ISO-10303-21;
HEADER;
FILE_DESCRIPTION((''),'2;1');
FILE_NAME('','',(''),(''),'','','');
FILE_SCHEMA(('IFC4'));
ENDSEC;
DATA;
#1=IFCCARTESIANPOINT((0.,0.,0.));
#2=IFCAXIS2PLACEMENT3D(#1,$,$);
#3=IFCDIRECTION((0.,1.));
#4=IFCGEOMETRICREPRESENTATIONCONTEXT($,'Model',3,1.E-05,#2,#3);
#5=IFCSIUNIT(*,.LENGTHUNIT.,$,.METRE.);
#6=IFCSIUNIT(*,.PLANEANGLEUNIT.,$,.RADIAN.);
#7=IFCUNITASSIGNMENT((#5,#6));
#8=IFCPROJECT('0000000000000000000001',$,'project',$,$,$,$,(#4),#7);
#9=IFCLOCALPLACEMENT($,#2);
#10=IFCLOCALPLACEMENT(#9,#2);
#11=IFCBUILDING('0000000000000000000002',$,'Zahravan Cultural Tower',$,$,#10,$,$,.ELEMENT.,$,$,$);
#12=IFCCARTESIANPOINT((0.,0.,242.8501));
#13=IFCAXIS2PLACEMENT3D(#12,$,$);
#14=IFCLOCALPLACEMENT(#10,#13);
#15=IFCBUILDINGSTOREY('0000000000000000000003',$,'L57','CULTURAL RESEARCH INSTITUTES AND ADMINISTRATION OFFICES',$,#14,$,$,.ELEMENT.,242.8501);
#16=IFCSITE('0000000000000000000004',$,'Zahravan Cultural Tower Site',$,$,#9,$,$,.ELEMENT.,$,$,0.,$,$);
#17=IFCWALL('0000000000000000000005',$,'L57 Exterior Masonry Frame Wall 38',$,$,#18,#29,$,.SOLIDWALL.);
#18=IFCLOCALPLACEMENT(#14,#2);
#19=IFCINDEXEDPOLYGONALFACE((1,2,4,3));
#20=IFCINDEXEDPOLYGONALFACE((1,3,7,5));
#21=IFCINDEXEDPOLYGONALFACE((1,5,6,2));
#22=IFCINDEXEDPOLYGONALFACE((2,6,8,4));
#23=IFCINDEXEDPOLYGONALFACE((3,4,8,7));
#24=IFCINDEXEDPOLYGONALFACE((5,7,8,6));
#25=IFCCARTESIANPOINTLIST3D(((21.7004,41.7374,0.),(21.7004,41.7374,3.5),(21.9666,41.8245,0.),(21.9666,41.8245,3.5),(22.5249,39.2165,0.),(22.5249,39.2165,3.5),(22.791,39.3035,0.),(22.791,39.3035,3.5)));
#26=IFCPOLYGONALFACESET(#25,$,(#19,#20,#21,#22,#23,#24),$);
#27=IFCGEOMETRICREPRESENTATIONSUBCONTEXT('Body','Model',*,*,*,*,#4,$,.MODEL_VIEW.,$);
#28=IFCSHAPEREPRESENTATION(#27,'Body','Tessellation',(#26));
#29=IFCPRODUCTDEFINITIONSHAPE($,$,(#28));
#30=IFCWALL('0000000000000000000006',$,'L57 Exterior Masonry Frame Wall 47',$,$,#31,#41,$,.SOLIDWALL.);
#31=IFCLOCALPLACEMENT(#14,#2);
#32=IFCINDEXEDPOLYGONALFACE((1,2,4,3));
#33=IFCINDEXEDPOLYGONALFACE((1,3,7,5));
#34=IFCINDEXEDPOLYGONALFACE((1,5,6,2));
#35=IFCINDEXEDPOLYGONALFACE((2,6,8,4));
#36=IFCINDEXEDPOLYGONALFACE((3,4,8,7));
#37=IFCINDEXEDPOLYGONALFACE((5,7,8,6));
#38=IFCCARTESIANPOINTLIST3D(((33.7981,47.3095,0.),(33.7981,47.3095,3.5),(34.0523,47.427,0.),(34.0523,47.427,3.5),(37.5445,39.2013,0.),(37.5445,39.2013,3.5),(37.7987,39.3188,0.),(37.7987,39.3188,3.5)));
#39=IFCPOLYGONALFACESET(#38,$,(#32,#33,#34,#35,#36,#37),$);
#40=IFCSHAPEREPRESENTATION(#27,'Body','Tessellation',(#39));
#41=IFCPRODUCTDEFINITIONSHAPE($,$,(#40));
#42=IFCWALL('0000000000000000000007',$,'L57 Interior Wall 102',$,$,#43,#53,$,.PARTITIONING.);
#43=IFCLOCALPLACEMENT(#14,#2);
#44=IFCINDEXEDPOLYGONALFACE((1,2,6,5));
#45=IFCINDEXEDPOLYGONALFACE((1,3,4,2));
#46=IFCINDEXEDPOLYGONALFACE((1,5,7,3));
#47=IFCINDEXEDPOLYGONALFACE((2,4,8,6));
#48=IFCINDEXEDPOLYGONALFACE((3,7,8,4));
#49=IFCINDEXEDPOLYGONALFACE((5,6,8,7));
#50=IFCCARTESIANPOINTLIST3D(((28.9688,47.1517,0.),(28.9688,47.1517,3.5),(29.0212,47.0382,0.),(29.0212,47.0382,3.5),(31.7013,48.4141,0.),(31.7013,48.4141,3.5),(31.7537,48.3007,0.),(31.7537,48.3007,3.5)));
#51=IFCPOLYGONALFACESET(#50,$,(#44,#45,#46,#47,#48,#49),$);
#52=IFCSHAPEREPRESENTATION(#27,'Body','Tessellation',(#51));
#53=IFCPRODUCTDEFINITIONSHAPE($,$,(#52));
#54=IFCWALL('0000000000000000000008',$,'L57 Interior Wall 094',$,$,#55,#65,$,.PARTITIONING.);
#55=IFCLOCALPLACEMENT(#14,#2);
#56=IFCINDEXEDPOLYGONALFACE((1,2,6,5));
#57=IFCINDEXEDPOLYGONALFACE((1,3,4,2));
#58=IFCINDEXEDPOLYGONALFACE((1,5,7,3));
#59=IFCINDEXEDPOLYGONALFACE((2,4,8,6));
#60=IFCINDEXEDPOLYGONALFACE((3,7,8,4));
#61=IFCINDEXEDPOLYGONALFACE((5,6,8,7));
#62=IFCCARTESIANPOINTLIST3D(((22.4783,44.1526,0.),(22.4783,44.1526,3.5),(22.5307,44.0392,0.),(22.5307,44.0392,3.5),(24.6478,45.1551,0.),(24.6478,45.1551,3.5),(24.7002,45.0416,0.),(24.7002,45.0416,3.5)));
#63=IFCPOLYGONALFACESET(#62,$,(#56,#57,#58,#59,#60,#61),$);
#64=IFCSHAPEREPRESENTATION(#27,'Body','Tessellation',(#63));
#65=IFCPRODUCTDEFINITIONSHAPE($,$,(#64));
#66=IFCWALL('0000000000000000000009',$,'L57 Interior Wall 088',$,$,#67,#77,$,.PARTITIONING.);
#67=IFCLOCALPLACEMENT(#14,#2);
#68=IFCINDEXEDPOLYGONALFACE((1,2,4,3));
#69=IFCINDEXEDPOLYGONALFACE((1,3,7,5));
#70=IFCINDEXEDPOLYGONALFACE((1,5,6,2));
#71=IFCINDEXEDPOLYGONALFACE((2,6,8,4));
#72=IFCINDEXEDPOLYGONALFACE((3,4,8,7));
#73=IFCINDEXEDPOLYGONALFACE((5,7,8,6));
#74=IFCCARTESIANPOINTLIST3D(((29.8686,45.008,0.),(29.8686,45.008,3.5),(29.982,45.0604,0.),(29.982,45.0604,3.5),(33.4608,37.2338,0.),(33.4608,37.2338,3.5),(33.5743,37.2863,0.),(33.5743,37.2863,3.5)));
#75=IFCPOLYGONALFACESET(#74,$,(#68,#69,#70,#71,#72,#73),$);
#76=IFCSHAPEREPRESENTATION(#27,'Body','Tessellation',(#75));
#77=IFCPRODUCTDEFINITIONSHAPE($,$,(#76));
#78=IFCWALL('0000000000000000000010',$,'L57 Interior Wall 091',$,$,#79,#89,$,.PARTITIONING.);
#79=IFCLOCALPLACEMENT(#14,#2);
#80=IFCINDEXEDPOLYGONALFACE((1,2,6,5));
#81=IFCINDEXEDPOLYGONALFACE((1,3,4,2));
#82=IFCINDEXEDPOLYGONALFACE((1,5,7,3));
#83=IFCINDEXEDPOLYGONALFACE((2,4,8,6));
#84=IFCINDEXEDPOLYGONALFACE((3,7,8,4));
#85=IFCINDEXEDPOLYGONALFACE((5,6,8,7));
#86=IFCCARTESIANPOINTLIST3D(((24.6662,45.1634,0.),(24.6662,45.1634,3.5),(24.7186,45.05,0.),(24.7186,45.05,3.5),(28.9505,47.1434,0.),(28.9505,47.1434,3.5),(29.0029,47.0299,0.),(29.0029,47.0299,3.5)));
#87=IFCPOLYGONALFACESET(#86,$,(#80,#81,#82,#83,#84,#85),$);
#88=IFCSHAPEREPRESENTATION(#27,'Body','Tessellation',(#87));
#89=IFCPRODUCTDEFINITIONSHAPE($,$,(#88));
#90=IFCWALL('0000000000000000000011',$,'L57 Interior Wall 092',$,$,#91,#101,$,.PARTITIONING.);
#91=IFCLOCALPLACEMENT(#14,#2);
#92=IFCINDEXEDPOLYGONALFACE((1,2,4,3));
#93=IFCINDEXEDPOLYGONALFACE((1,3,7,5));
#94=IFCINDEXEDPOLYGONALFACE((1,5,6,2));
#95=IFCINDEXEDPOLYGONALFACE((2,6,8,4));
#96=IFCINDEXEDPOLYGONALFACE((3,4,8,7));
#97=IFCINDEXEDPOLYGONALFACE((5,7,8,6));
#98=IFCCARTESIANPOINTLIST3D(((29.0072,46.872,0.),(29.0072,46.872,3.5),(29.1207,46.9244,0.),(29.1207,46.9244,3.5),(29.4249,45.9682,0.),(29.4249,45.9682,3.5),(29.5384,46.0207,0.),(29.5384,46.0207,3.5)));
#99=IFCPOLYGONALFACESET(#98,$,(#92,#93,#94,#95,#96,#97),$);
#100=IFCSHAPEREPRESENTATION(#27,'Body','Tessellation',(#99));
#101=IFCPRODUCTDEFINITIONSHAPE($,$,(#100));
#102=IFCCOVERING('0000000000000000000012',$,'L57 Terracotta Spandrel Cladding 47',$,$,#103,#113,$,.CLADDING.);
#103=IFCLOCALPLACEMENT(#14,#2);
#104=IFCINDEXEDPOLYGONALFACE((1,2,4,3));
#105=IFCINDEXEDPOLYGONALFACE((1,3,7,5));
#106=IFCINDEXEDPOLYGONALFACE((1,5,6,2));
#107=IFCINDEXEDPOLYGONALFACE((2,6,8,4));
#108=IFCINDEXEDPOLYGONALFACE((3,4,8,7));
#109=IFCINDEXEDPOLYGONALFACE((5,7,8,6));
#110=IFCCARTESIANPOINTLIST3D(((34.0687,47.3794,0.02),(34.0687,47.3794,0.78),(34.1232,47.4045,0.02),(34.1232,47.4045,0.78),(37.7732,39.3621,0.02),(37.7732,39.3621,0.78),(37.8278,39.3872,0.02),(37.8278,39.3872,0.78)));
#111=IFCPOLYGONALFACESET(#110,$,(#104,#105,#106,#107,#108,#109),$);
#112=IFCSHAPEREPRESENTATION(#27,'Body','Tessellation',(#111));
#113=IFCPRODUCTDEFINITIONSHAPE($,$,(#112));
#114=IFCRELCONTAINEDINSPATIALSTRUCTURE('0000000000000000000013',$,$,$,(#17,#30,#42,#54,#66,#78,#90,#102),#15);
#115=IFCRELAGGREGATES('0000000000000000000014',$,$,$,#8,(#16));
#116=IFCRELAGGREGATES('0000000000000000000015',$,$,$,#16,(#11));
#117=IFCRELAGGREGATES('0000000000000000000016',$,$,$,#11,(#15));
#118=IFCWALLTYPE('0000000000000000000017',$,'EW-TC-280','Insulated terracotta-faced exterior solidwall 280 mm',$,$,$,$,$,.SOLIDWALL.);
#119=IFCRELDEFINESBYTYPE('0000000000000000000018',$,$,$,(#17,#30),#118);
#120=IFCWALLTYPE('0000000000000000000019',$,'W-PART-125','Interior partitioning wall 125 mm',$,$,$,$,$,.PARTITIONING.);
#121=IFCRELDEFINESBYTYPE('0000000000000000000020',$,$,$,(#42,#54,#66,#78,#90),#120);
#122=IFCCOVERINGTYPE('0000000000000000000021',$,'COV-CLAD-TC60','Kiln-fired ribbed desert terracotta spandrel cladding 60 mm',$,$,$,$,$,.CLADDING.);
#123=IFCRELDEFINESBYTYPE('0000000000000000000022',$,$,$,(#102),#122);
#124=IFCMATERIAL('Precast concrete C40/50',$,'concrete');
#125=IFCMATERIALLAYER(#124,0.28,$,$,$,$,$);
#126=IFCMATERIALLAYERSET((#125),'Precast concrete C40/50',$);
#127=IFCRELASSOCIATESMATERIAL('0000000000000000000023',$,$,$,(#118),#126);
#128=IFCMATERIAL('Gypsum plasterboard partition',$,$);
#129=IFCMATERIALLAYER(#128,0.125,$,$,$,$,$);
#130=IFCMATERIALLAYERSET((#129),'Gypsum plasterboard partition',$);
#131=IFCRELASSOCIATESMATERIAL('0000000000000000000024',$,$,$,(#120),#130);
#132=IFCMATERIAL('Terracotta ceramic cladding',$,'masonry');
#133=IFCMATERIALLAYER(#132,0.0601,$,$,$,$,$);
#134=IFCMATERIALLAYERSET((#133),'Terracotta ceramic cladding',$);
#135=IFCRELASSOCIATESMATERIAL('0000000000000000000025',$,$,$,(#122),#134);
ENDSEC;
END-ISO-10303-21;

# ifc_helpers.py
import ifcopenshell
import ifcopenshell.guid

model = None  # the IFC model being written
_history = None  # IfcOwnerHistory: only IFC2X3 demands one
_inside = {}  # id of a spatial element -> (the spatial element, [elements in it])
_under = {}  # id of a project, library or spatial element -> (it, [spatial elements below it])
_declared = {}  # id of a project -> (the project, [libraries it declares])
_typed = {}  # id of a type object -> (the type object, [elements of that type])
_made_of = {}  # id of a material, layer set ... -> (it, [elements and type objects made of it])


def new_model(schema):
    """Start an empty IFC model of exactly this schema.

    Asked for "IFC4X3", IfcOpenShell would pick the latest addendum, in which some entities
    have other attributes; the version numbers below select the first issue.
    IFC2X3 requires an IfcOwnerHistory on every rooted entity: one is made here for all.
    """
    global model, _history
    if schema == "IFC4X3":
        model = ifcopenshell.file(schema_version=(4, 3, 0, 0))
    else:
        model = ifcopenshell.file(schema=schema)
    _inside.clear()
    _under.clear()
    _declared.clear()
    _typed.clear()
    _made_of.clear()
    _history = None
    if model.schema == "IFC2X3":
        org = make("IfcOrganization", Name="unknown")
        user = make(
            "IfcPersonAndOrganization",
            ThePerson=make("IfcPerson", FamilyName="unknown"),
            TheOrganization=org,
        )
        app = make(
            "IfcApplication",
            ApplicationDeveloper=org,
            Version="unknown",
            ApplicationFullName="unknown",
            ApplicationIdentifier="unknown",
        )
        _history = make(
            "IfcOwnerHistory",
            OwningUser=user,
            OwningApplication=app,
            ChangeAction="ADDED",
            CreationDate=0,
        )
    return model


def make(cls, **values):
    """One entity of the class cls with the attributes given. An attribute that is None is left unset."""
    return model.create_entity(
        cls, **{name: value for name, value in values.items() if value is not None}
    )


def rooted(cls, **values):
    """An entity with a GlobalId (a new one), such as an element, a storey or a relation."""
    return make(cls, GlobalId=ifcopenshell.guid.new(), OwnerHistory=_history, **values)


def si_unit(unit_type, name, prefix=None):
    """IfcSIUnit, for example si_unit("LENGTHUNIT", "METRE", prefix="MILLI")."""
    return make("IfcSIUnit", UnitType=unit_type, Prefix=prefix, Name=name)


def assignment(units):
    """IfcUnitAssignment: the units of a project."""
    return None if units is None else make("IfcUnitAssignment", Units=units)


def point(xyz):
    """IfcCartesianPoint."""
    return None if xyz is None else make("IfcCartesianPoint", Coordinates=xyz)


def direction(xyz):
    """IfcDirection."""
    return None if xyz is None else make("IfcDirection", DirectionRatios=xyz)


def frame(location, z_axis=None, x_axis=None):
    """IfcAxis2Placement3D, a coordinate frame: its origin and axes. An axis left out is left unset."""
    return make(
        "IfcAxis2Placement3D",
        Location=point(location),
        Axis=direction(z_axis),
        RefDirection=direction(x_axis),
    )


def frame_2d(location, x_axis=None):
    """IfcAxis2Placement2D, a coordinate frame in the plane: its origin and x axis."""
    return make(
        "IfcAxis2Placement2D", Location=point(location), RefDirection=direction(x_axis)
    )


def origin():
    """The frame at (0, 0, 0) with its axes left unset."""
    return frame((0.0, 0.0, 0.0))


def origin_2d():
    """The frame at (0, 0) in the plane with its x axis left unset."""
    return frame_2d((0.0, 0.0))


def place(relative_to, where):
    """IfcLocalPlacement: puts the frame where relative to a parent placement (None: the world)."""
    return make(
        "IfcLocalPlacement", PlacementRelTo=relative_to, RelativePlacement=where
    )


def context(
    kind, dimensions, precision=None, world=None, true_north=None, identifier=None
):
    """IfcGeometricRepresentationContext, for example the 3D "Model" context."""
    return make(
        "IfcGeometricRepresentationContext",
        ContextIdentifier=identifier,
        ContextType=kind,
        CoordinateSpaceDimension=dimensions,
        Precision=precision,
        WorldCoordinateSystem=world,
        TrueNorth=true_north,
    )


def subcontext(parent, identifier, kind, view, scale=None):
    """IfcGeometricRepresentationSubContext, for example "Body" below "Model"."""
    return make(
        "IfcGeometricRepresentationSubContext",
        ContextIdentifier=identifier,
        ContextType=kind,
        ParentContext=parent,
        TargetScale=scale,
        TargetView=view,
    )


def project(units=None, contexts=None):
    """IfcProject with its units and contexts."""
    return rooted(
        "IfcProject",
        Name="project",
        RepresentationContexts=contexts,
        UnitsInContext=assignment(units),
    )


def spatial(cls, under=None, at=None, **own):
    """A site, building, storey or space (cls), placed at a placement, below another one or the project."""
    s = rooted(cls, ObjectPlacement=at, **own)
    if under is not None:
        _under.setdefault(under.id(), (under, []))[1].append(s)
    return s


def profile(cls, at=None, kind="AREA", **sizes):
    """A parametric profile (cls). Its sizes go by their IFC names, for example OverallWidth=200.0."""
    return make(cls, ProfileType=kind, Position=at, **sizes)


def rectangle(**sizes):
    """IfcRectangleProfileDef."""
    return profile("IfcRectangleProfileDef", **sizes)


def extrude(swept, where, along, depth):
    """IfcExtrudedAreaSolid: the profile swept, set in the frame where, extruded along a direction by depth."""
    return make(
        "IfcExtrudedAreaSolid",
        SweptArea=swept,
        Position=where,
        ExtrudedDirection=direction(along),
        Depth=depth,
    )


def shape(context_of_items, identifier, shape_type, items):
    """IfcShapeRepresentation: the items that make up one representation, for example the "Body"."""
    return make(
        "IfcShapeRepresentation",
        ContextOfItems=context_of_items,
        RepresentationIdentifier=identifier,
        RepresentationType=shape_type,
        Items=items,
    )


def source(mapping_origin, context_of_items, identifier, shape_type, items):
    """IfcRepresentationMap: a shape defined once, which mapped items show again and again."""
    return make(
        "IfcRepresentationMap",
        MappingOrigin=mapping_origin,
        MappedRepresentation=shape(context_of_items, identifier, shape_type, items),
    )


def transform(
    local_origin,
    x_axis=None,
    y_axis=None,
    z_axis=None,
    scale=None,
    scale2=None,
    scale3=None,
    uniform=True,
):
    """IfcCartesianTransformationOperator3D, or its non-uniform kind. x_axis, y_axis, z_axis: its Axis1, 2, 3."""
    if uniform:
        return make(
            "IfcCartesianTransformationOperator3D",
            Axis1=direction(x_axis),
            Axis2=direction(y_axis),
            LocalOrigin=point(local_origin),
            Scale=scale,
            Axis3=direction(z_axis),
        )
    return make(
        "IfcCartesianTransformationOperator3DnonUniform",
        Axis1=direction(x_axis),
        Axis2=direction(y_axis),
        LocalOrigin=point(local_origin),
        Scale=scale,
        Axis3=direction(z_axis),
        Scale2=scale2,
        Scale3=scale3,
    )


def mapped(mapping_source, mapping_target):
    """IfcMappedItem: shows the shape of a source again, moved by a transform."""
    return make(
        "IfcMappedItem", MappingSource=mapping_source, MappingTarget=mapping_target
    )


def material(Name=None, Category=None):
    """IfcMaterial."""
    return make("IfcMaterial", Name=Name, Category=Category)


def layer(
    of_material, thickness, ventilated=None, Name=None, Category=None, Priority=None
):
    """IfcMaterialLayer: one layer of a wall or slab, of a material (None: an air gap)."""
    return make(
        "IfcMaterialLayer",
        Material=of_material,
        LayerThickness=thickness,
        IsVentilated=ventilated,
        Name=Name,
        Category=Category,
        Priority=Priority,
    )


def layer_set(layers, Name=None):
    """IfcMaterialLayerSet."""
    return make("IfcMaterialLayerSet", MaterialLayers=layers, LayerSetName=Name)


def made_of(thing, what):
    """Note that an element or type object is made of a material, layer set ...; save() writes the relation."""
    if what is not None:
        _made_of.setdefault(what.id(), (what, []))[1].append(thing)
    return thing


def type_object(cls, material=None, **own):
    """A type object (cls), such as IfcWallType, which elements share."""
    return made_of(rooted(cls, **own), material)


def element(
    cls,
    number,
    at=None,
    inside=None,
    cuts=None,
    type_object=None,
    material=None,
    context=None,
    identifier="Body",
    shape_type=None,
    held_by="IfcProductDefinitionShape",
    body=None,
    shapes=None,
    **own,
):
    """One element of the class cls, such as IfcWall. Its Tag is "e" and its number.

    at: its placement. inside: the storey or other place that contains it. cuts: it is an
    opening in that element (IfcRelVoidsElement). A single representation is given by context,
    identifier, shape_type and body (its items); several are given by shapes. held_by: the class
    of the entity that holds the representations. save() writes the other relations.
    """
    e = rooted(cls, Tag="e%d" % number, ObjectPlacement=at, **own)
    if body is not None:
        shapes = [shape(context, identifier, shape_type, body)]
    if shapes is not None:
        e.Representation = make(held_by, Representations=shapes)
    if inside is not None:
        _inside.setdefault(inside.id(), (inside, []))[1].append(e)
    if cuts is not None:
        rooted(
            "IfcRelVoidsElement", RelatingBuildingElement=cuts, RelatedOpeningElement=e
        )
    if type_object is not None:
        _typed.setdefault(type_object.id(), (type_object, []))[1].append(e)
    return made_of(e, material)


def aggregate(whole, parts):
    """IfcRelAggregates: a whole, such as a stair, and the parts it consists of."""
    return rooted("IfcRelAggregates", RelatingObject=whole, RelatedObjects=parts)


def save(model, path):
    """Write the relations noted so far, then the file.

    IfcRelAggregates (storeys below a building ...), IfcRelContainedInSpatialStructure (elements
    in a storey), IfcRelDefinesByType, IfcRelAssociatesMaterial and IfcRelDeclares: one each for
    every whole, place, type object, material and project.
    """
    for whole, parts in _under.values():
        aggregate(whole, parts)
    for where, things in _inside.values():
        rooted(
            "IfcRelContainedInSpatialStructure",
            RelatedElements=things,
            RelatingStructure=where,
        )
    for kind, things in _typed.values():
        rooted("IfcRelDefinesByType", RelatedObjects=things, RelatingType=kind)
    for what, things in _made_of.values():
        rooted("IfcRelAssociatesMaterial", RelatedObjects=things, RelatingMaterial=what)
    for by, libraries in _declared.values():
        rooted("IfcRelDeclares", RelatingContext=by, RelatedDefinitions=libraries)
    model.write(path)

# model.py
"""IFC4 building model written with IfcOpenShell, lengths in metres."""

from ifc_helpers import new_model, si_unit, direction, frame, frame_2d, origin, origin_2d, place, context, subcontext, project, spatial, rectangle, extrude, source, transform, mapped, material, layer, layer_set, type_object, element, save


model = new_model("IFC4")

# Units and contexts
model_context = context("Model", 3, precision=1e-05, world=origin(), true_north=direction((0.0, 1.0)))
body_context = subcontext(model_context, "Body", "Model", "MODEL_VIEW")
ifc_project = project(units=[si_unit("LENGTHUNIT", "METRE"), si_unit("PLANEANGLEUNIT", "RADIAN")], contexts=[model_context])

# Site, building, storey
site_placement = place(None, origin())
site = spatial("IfcSite", under=ifc_project, at=site_placement, Name="Zahravan Cultural Tower Site", CompositionType="ELEMENT", RefElevation=0.0)
building_placement = place(site_placement, origin())
building = spatial("IfcBuilding", under=site, at=building_placement, Name="Zahravan Cultural Tower", CompositionType="ELEMENT")
storey_placement = place(building_placement, frame((0.0, 0.0, 242.8501)))
storey = spatial("IfcBuildingStorey", under=building, at=storey_placement, Name="L57", Description="CULTURAL RESEARCH INSTITUTES AND ADMINISTRATION OFFICES", CompositionType="ELEMENT", Elevation=242.8501)

# Walls
ifc_material_1 = material(Name="Precast concrete C40/50", Category="concrete")
ifc_layer_1 = layer(ifc_material_1, 0.28)
ifc_layer_set_1 = layer_set([ifc_layer_1], Name="Precast concrete C40/50")
wall_type_1 = type_object("IfcWallType", Name="EW-TC-280", Description="Insulated terracotta-faced exterior solidwall 280 mm", PredefinedType="SOLIDWALL", material=ifc_layer_set_1)
shared_shape_1 = source(origin(), body_context, "Body", "SweptSolid", [
    extrude(rectangle(XDim=2.6523, YDim=0.28, at=frame_2d((1.3262, 0.0))), origin(), (0.0, 0.0, 1.0), 3.5),
])
wall_1_placement = place(storey_placement, frame((22.658, 39.26, 0.0), z_axis=(0.0, 0.0, 1.0), x_axis=(-0.310838, 0.950463, 0.0)))
element("IfcWall", 1, at=wall_1_placement, inside=storey, type_object=wall_type_1, Name="L57 Exterior Masonry Frame Wall 38", PredefinedType="SOLIDWALL", context=body_context, shape_type="MappedRepresentation", body=[
    mapped(shared_shape_1, transform((0.0, 0.0, 0.0), x_axis=(1.0, 0.0, 0.0), y_axis=(0.0, 1.0, 0.0), z_axis=(0.0, 0.0, 1.0), scale=1.0)),
])
shared_shape_2 = source(origin(), body_context, "Body", "SweptSolid", [
    extrude(rectangle(XDim=8.9319, YDim=0.28, at=frame_2d((4.4658, 0.0))), origin(), (0.0, 0.0, 1.0), 3.5),
])
wall_2_placement = place(storey_placement, frame((33.9253, 47.3682, 0.0), z_axis=(0.0, 0.0, 1.0), x_axis=(0.419438, -0.907784, 0.0)))
element("IfcWall", 2, at=wall_2_placement, inside=storey, type_object=wall_type_1, Name="L57 Exterior Masonry Frame Wall 47", PredefinedType="SOLIDWALL", context=body_context, shape_type="MappedRepresentation", body=[
    mapped(shared_shape_2, transform((0.0, 0.0, 0.0), x_axis=(1.0, 0.0, 0.0), y_axis=(0.0, 1.0, 0.0), z_axis=(0.0, 0.0, 1.0), scale=1.0)),
])
ifc_material_2 = material(Name="Gypsum plasterboard partition")
ifc_layer_2 = layer(ifc_material_2, 0.125)
ifc_layer_set_2 = layer_set([ifc_layer_2], Name="Gypsum plasterboard partition")
wall_type_2 = type_object("IfcWallType", Name="W-PART-125", Description="Interior partitioning wall 125 mm", PredefinedType="PARTITIONING", material=ifc_layer_set_2)
shared_shape_3 = source(origin(), body_context, "Body", "SweptSolid", [
    extrude(rectangle(XDim=3.01, YDim=0.125, at=frame_2d((1.5049, 0.0))), origin(), (0.0, 0.0, 1.0), 3.5),
])
wall_3_placement = place(storey_placement, frame((28.9951, 47.095, 0.0), z_axis=(0.0, 0.0, 1.0), x_axis=(0.907791, 0.419423, 0.0)))
element("IfcWall", 3, at=wall_3_placement, inside=storey, type_object=wall_type_2, Name="L57 Interior Wall 102", PredefinedType="PARTITIONING", context=body_context, shape_type="MappedRepresentation", body=[
    mapped(shared_shape_3, transform((0.0, 0.0, 0.0), x_axis=(1.0, 0.0, 0.0), y_axis=(0.0, 1.0, 0.0), z_axis=(0.0, 0.0, 1.0), scale=1.0)),
])
shared_shape_4 = source(origin(), body_context, "Body", "SweptSolid", [
    extrude(rectangle(XDim=2.3899, YDim=0.125, at=frame_2d((1.1948, 0.0))), origin(), (0.0, 0.0, 1.0), 3.5),
])
wall_4_placement = place(storey_placement, frame((22.5046, 44.0959, 0.0), z_axis=(0.0, 0.0, 1.0), x_axis=(0.907774, 0.41946, 0.0)))
element("IfcWall", 4, at=wall_4_placement, inside=storey, type_object=wall_type_2, Name="L57 Interior Wall 094", PredefinedType="PARTITIONING", context=body_context, shape_type="MappedRepresentation", body=[
    mapped(shared_shape_4, transform((0.0, 0.0, 0.0), x_axis=(1.0, 0.0, 0.0), y_axis=(0.0, 1.0, 0.0), z_axis=(0.0, 0.0, 1.0), scale=1.0)),
])
shared_shape_5 = source(origin(), body_context, "Body", "SweptSolid", [
    extrude(rectangle(XDim=8.564, YDim=0.125, at=frame_2d((4.282, 0.0))), origin(), (0.0, 0.0, 1.0), 3.5),
])
wall_5_placement = place(storey_placement, frame((29.9253, 45.0342, 0.0), z_axis=(0.0, 0.0, 1.0), x_axis=(0.419463, -0.907772, 0.0)))
element("IfcWall", 5, at=wall_5_placement, inside=storey, type_object=wall_type_2, Name="L57 Interior Wall 088", PredefinedType="PARTITIONING", context=body_context, shape_type="MappedRepresentation", body=[
    mapped(shared_shape_5, transform((0.0, 0.0, 0.0), x_axis=(1.0, 0.0, 0.0), y_axis=(0.0, 1.0, 0.0), z_axis=(0.0, 0.0, 1.0), scale=1.0)),
])
shared_shape_6 = source(origin(), body_context, "Body", "SweptSolid", [
    extrude(rectangle(XDim=4.7197, YDim=0.125, at=frame_2d((2.3599, 0.0))), origin(), (0.0, 0.0, 1.0), 3.5),
])
wall_6_placement = place(storey_placement, frame((24.6924, 45.1067, 0.0), z_axis=(0.0, 0.0, 1.0), x_axis=(0.907753, 0.419504, 0.0)))
element("IfcWall", 6, at=wall_6_placement, inside=storey, type_object=wall_type_2, Name="L57 Interior Wall 091", PredefinedType="PARTITIONING", context=body_context, shape_type="MappedRepresentation", body=[
    mapped(shared_shape_6, transform((0.0, 0.0, 0.0), x_axis=(1.0, 0.0, 0.0), y_axis=(0.0, 1.0, 0.0), z_axis=(0.0, 0.0, 1.0), scale=1.0)),
])
shared_shape_7 = source(origin(), body_context, "Body", "SweptSolid", [
    extrude(rectangle(XDim=0.9956, YDim=0.125, at=frame_2d((0.4978, 0.0))), origin(), (0.0, 0.0, 1.0), 3.5),
])
wall_7_placement = place(storey_placement, frame((29.064, 46.8982, 0.0), z_axis=(0.0, 0.0, 1.0), x_axis=(0.41954, -0.907737, 0.0)))
element("IfcWall", 7, at=wall_7_placement, inside=storey, type_object=wall_type_2, Name="L57 Interior Wall 092", PredefinedType="PARTITIONING", context=body_context, shape_type="MappedRepresentation", body=[
    mapped(shared_shape_7, transform((0.0, 0.0, 0.0), x_axis=(1.0, 0.0, 0.0), y_axis=(0.0, 1.0, 0.0), z_axis=(0.0, 0.0, 1.0), scale=1.0)),
])

# Covering
ifc_material_3 = material(Name="Terracotta ceramic cladding", Category="masonry")
ifc_layer_3 = layer(ifc_material_3, 0.0601)
ifc_layer_set_3 = layer_set([ifc_layer_3], Name="Terracotta ceramic cladding")
covering_type = type_object("IfcCoveringType", Name="COV-CLAD-TC60", Description="Kiln-fired ribbed desert terracotta spandrel cladding 60 mm", PredefinedType="CLADDING", material=ifc_layer_set_3)
shared_shape_8 = source(origin(), body_context, "Body", "SweptSolid", [
    extrude(rectangle(XDim=8.8318, YDim=0.0601, at=origin_2d()), origin(), (0.0, 0.0, 1.0), 0.76),
])
covering_placement = place(storey_placement, frame((35.9482, 43.3833, 0.02), z_axis=(0.0, 0.0, 1.0), x_axis=(0.419452, -0.907777, 0.0)))
element("IfcCovering", 8, at=covering_placement, inside=storey, type_object=covering_type, Name="L57 Terracotta Spandrel Cladding 47", PredefinedType="CLADDING", context=body_context, shape_type="MappedRepresentation", body=[
    mapped(shared_shape_8, transform((0.0, 0.0, 0.0), x_axis=(1.0, 0.0, 0.0), y_axis=(0.0, 1.0, 0.0), z_axis=(0.0, 0.0, 1.0), scale=1.0)),
])

save(model, "model.ifc")
